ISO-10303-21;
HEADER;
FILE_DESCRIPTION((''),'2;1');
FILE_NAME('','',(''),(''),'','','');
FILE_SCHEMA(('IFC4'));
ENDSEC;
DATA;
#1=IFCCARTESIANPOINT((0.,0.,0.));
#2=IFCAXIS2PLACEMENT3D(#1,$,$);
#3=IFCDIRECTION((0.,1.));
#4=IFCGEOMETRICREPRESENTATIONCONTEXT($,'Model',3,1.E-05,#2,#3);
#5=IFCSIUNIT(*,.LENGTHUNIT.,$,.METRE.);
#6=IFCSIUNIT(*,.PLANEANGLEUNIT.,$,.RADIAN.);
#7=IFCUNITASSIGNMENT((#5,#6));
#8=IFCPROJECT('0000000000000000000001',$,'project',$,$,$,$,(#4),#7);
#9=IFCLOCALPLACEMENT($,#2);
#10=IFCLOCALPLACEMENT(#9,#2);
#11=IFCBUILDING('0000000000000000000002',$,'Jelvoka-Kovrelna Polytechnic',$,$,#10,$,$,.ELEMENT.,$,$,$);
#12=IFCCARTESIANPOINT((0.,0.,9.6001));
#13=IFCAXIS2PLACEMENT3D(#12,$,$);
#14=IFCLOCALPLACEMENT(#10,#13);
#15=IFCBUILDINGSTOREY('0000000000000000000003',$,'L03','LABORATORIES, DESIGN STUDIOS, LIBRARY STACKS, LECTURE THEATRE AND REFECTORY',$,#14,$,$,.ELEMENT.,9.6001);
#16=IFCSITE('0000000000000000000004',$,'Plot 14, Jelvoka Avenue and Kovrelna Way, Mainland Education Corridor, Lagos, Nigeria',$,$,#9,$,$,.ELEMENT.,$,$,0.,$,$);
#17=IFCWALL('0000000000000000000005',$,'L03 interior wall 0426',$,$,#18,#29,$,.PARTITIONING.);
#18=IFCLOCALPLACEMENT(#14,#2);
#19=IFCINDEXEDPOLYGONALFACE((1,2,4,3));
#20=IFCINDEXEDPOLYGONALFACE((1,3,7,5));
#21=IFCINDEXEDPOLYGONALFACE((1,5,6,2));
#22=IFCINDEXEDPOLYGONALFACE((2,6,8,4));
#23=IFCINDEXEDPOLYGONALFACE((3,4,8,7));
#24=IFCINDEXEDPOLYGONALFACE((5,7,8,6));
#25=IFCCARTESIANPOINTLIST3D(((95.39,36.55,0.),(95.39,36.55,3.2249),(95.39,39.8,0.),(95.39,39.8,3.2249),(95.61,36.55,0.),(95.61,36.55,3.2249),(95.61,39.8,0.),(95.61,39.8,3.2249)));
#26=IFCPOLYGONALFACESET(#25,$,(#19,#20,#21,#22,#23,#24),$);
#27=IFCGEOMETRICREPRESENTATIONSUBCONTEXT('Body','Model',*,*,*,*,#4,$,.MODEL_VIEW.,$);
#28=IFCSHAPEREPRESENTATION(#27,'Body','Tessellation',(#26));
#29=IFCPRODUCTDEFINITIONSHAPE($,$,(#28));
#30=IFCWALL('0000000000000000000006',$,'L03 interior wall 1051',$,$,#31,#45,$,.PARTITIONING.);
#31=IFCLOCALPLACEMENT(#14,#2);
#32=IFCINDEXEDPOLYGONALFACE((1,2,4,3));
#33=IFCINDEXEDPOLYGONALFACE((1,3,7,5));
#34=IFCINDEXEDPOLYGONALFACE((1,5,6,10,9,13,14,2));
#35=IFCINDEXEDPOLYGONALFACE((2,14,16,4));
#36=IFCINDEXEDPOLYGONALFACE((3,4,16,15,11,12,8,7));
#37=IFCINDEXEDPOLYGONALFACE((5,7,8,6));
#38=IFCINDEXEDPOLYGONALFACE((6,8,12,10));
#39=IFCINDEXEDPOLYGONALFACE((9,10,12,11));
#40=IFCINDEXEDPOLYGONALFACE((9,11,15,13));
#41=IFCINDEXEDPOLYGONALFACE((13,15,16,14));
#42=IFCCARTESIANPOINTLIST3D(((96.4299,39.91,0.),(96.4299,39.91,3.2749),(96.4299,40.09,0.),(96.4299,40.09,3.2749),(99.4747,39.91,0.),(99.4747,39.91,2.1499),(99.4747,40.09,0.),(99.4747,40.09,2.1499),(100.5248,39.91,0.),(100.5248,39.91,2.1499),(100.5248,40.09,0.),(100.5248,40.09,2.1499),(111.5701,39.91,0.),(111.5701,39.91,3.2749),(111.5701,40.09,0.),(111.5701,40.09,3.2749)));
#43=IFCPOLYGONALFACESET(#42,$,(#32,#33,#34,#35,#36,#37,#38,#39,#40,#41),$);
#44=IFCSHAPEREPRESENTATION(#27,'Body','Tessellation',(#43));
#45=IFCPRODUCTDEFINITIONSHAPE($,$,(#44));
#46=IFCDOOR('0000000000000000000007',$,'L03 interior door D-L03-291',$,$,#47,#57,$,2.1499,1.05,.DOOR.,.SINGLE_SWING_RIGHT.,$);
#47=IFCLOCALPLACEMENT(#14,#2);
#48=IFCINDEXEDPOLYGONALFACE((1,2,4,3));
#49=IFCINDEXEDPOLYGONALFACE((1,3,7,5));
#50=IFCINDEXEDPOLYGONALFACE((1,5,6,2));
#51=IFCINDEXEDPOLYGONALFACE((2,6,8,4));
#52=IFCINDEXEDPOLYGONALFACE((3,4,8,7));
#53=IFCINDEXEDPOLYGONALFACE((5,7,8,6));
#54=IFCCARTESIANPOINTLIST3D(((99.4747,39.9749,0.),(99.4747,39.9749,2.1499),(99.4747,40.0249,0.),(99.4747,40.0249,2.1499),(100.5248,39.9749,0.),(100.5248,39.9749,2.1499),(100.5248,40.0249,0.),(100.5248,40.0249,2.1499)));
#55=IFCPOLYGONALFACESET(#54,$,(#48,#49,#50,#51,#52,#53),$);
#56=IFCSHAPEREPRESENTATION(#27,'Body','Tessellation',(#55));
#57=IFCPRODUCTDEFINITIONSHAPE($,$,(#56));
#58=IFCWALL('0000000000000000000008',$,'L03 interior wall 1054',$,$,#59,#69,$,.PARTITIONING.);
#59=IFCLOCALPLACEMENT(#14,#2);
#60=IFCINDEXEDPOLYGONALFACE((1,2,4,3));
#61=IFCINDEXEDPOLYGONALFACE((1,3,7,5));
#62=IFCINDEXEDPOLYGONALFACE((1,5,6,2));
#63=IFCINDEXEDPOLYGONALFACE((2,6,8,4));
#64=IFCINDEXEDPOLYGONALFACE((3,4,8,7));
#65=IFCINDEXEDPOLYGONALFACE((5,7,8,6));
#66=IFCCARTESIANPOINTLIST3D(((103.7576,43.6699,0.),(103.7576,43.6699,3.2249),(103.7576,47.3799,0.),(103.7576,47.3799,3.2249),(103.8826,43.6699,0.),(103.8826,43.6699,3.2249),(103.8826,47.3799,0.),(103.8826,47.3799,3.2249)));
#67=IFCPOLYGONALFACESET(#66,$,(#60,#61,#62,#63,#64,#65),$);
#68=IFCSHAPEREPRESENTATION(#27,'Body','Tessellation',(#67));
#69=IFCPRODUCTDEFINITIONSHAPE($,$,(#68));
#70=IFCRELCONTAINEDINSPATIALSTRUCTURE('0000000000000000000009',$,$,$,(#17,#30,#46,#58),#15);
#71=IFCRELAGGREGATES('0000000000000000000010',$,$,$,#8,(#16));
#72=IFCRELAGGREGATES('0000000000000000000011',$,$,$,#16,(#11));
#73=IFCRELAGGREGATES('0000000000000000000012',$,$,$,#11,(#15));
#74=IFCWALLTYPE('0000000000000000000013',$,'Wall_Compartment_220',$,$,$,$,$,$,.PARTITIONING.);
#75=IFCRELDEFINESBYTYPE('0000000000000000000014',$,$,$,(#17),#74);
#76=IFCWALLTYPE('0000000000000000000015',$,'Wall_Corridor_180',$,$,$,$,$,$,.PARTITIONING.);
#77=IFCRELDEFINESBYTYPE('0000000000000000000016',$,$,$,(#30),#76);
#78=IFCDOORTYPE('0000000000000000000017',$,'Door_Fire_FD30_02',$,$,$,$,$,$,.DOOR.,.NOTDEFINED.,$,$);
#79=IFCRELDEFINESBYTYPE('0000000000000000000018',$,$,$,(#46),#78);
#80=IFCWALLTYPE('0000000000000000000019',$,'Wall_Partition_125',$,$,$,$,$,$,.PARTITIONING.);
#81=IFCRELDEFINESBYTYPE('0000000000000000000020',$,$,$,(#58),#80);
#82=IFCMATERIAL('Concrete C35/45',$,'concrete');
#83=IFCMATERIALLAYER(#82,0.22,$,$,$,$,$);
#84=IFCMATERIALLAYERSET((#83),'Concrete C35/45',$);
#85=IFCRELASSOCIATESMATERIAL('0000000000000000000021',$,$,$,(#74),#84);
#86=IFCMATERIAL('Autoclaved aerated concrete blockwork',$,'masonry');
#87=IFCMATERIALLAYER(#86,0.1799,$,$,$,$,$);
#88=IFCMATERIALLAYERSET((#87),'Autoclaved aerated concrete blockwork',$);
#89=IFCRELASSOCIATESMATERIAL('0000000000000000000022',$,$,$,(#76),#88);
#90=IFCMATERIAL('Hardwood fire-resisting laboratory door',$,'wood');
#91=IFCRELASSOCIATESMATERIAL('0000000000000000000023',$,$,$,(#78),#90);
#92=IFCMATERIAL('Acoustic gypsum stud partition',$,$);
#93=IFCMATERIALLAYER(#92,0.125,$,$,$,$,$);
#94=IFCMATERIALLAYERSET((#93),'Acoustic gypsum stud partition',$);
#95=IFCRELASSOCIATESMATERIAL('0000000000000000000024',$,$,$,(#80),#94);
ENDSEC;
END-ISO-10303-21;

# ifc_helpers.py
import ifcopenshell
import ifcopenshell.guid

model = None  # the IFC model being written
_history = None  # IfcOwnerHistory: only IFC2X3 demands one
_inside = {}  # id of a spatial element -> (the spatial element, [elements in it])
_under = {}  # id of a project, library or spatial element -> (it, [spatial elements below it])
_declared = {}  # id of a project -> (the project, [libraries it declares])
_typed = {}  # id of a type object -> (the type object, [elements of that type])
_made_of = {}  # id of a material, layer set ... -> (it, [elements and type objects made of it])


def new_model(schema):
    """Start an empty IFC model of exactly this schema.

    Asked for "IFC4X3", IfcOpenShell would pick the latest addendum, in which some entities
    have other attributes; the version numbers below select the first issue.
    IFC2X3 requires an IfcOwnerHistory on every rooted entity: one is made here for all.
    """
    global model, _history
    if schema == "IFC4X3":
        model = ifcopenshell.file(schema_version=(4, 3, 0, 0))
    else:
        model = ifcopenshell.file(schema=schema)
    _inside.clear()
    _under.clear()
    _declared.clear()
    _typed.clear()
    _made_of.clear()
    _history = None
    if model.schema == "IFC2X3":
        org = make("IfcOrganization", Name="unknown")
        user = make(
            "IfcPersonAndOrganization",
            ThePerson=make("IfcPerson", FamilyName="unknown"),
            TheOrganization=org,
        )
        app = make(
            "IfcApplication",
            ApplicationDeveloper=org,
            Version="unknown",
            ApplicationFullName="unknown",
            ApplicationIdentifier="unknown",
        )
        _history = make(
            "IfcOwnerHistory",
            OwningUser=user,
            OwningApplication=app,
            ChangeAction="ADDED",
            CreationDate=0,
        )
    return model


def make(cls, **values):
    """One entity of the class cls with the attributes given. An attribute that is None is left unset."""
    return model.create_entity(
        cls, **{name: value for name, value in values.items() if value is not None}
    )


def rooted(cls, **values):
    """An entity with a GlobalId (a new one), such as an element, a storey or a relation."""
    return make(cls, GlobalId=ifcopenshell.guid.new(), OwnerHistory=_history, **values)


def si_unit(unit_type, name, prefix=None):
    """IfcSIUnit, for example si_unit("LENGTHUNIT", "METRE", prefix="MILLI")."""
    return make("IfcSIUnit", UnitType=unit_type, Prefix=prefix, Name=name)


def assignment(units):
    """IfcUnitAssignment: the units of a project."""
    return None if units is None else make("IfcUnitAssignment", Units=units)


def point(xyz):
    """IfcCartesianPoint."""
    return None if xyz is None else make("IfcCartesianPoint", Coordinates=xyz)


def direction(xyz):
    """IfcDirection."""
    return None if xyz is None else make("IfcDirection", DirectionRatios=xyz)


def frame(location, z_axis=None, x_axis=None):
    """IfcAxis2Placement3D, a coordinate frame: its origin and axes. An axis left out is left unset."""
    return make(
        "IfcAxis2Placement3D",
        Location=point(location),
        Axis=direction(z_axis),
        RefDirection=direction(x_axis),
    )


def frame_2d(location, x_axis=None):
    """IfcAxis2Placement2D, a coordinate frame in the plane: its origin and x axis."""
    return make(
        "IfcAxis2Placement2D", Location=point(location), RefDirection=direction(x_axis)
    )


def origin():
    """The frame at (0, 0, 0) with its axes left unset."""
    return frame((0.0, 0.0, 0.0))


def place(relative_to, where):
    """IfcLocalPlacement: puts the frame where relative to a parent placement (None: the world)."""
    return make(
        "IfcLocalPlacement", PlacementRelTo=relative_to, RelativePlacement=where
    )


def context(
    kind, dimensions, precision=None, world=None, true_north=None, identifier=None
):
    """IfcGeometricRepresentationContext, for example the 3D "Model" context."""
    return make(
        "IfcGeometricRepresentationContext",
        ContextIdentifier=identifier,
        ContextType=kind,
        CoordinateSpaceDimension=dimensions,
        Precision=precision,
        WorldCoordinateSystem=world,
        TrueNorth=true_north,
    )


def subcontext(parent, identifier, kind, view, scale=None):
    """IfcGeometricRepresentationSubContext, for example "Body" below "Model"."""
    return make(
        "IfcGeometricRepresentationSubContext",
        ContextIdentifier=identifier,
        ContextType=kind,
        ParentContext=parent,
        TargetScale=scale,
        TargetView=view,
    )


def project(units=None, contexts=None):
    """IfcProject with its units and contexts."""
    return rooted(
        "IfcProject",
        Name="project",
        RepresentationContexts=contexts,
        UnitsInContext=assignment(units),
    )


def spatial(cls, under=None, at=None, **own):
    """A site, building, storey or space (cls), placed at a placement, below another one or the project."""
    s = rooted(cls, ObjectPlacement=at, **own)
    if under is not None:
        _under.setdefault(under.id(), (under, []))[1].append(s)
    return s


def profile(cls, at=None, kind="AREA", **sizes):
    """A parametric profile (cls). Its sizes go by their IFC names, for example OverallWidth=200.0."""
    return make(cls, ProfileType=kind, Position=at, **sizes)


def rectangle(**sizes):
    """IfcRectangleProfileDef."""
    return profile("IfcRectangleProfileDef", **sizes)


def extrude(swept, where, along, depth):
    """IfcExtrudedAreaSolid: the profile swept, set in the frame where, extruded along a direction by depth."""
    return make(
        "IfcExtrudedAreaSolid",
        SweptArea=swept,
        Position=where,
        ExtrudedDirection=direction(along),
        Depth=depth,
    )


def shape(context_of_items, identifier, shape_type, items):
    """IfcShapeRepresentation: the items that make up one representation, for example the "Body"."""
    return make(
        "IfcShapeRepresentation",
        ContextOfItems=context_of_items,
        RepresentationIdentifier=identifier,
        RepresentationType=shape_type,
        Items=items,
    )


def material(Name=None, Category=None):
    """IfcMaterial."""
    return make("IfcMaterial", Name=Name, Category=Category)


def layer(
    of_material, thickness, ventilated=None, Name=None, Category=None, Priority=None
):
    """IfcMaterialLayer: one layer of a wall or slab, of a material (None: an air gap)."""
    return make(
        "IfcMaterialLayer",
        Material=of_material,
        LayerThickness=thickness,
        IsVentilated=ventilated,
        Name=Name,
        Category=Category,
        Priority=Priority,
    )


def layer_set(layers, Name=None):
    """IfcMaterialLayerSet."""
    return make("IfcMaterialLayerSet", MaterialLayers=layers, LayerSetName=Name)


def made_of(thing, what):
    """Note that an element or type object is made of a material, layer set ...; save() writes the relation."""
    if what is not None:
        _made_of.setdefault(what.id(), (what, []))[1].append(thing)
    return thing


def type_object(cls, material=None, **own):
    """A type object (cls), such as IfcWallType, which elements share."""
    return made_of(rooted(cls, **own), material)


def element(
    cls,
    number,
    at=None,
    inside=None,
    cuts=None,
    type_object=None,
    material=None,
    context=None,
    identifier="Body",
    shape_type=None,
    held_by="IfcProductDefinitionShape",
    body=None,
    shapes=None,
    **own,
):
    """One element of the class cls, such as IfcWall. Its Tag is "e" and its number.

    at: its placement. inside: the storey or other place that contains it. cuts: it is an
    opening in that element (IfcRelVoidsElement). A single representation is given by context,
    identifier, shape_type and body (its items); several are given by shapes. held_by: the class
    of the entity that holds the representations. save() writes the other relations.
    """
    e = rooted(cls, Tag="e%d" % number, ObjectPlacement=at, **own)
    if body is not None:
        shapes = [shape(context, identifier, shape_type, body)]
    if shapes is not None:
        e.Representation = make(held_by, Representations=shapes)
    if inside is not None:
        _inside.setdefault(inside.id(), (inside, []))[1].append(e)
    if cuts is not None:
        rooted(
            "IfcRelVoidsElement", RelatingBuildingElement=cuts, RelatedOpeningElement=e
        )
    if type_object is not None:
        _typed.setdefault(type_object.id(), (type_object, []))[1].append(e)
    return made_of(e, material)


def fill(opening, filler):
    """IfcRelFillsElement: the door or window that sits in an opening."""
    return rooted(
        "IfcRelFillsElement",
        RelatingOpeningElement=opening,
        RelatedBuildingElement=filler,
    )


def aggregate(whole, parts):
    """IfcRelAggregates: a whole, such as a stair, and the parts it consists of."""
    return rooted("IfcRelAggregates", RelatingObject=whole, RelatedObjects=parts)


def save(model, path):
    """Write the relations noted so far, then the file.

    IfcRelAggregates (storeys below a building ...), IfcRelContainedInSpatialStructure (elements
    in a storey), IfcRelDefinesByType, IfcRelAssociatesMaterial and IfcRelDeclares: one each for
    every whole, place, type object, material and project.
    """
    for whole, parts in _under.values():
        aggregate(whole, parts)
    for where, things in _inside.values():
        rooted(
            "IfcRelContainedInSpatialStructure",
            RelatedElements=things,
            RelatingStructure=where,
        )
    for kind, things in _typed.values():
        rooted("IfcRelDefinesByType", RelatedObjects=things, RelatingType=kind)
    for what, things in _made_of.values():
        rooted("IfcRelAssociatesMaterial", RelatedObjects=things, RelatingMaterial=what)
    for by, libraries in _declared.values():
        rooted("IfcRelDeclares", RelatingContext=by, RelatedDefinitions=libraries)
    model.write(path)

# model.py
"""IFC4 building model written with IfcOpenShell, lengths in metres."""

from ifc_helpers import new_model, si_unit, direction, frame, frame_2d, origin, place, context, subcontext, project, spatial, rectangle, extrude, material, layer, layer_set, type_object, element, fill, save


model = new_model("IFC4")

# Units and contexts
model_context = context("Model", 3, precision=1e-05, world=origin(), true_north=direction((0.0, 1.0)))
body_context = subcontext(model_context, "Body", "Model", "MODEL_VIEW")
ifc_project = project(units=[si_unit("LENGTHUNIT", "METRE"), si_unit("PLANEANGLEUNIT", "RADIAN")], contexts=[model_context])

# Site, building, storey
site_placement = place(None, origin())
site = spatial("IfcSite", under=ifc_project, at=site_placement, Name="Plot 14, Jelvoka Avenue and Kovrelna Way, Mainland Education Corridor, Lagos, Nigeria", CompositionType="ELEMENT", RefElevation=0.0)
building_placement = place(site_placement, origin())
building = spatial("IfcBuilding", under=site, at=building_placement, Name="Jelvoka-Kovrelna Polytechnic", CompositionType="ELEMENT")
storey_placement = place(building_placement, frame((0.0, 0.0, 9.6001)))
storey = spatial("IfcBuildingStorey", under=building, at=storey_placement, Name="L03", Description="LABORATORIES, DESIGN STUDIOS, LIBRARY STACKS, LECTURE THEATRE AND REFECTORY", CompositionType="ELEMENT", Elevation=9.6001)

# Wall
ifc_material_1 = material(Name="Concrete C35/45", Category="concrete")
ifc_layer_1 = layer(ifc_material_1, 0.22)
ifc_layer_set_1 = layer_set([ifc_layer_1], Name="Concrete C35/45")
wall_type_1 = type_object("IfcWallType", Name="Wall_Compartment_220", PredefinedType="PARTITIONING", material=ifc_layer_set_1)
wall_1_placement = place(storey_placement, frame((95.5, 36.55, 0.0), z_axis=(0.0, 0.0, 1.0), x_axis=(0.0, 1.0, 0.0)))
element("IfcWall", 1, at=wall_1_placement, inside=storey, type_object=wall_type_1, Name="L03 interior wall 0426", PredefinedType="PARTITIONING", context=body_context, shape_type="SweptSolid", body=[
    extrude(rectangle(XDim=3.25, YDim=0.22, at=frame_2d((1.625, 0.0))), origin(), (0.0, 0.0, 1.0), 3.2249),
])

# Wall, opening, door
ifc_material_2 = material(Name="Autoclaved aerated concrete blockwork", Category="masonry")
ifc_layer_2 = layer(ifc_material_2, 0.1799)
ifc_layer_set_2 = layer_set([ifc_layer_2], Name="Autoclaved aerated concrete blockwork")
wall_type_2 = type_object("IfcWallType", Name="Wall_Corridor_180", PredefinedType="PARTITIONING", material=ifc_layer_set_2)
wall_2_placement = place(storey_placement, frame((96.4299, 40.0, 0.0), z_axis=(0.0, 0.0, 1.0), x_axis=(1.0, 0.0, 0.0)))
wall_2 = element("IfcWall", 2, at=wall_2_placement, inside=storey, type_object=wall_type_2, Name="L03 interior wall 1051", PredefinedType="PARTITIONING", context=body_context, shape_type="SweptSolid", body=[
    extrude(rectangle(XDim=15.1401, YDim=0.1799, at=frame_2d((7.5701, 0.0))), origin(), (0.0, 0.0, 1.0), 3.2749),
])
opening_placement = place(wall_2_placement, frame((3.0449, 0.0, 0.0)))
opening = element("IfcOpeningElement", 3, at=opening_placement, cuts=wall_2, PredefinedType="OPENING", context=body_context, shape_type="SweptSolid", body=[
    extrude(rectangle(XDim=1.05, YDim=2.1499, at=frame_2d((0.5249, 1.075))), frame((0.0, 0.0999, 0.0), z_axis=(0.0, -1.0, 0.0), x_axis=(1.0, 0.0, 0.0)), (0.0, 0.0, 1.0), 0.2),
])
ifc_material_3 = material(Name="Hardwood fire-resisting laboratory door", Category="wood")
door_type = type_object("IfcDoorType", Name="Door_Fire_FD30_02", OperationType="NOTDEFINED", PredefinedType="DOOR", material=ifc_material_3)
door_placement = place(opening_placement, origin())
door = element("IfcDoor", 4, at=door_placement, inside=storey, type_object=door_type, Name="L03 interior door D-L03-291", OperationType="SINGLE_SWING_RIGHT", OverallHeight=2.1499, OverallWidth=1.05, PredefinedType="DOOR", context=body_context, shape_type="SweptSolid", body=[
    extrude(rectangle(XDim=1.05, YDim=2.1499, at=frame_2d((0.5249, 1.075))), frame((0.0, 0.0249, 0.0), z_axis=(0.0, -1.0, 0.0), x_axis=(1.0, 0.0, 0.0)), (0.0, 0.0, 1.0), 0.05),
])
fill(opening, door)

# Wall
ifc_material_4 = material(Name="Acoustic gypsum stud partition")
ifc_layer_3 = layer(ifc_material_4, 0.125)
ifc_layer_set_3 = layer_set([ifc_layer_3], Name="Acoustic gypsum stud partition")
wall_type_3 = type_object("IfcWallType", Name="Wall_Partition_125", PredefinedType="PARTITIONING", material=ifc_layer_set_3)
wall_3_placement = place(storey_placement, frame((103.8201, 43.6699, 0.0), z_axis=(0.0, 0.0, 1.0), x_axis=(0.0, 1.0, 0.0)))
element("IfcWall", 5, at=wall_3_placement, inside=storey, type_object=wall_type_3, Name="L03 interior wall 1054", PredefinedType="PARTITIONING", context=body_context, shape_type="SweptSolid", body=[
    extrude(rectangle(XDim=3.71, YDim=0.125, at=frame_2d((1.855, 0.0))), origin(), (0.0, 0.0, 1.0), 3.2249),
])

save(model, "model.ifc")
